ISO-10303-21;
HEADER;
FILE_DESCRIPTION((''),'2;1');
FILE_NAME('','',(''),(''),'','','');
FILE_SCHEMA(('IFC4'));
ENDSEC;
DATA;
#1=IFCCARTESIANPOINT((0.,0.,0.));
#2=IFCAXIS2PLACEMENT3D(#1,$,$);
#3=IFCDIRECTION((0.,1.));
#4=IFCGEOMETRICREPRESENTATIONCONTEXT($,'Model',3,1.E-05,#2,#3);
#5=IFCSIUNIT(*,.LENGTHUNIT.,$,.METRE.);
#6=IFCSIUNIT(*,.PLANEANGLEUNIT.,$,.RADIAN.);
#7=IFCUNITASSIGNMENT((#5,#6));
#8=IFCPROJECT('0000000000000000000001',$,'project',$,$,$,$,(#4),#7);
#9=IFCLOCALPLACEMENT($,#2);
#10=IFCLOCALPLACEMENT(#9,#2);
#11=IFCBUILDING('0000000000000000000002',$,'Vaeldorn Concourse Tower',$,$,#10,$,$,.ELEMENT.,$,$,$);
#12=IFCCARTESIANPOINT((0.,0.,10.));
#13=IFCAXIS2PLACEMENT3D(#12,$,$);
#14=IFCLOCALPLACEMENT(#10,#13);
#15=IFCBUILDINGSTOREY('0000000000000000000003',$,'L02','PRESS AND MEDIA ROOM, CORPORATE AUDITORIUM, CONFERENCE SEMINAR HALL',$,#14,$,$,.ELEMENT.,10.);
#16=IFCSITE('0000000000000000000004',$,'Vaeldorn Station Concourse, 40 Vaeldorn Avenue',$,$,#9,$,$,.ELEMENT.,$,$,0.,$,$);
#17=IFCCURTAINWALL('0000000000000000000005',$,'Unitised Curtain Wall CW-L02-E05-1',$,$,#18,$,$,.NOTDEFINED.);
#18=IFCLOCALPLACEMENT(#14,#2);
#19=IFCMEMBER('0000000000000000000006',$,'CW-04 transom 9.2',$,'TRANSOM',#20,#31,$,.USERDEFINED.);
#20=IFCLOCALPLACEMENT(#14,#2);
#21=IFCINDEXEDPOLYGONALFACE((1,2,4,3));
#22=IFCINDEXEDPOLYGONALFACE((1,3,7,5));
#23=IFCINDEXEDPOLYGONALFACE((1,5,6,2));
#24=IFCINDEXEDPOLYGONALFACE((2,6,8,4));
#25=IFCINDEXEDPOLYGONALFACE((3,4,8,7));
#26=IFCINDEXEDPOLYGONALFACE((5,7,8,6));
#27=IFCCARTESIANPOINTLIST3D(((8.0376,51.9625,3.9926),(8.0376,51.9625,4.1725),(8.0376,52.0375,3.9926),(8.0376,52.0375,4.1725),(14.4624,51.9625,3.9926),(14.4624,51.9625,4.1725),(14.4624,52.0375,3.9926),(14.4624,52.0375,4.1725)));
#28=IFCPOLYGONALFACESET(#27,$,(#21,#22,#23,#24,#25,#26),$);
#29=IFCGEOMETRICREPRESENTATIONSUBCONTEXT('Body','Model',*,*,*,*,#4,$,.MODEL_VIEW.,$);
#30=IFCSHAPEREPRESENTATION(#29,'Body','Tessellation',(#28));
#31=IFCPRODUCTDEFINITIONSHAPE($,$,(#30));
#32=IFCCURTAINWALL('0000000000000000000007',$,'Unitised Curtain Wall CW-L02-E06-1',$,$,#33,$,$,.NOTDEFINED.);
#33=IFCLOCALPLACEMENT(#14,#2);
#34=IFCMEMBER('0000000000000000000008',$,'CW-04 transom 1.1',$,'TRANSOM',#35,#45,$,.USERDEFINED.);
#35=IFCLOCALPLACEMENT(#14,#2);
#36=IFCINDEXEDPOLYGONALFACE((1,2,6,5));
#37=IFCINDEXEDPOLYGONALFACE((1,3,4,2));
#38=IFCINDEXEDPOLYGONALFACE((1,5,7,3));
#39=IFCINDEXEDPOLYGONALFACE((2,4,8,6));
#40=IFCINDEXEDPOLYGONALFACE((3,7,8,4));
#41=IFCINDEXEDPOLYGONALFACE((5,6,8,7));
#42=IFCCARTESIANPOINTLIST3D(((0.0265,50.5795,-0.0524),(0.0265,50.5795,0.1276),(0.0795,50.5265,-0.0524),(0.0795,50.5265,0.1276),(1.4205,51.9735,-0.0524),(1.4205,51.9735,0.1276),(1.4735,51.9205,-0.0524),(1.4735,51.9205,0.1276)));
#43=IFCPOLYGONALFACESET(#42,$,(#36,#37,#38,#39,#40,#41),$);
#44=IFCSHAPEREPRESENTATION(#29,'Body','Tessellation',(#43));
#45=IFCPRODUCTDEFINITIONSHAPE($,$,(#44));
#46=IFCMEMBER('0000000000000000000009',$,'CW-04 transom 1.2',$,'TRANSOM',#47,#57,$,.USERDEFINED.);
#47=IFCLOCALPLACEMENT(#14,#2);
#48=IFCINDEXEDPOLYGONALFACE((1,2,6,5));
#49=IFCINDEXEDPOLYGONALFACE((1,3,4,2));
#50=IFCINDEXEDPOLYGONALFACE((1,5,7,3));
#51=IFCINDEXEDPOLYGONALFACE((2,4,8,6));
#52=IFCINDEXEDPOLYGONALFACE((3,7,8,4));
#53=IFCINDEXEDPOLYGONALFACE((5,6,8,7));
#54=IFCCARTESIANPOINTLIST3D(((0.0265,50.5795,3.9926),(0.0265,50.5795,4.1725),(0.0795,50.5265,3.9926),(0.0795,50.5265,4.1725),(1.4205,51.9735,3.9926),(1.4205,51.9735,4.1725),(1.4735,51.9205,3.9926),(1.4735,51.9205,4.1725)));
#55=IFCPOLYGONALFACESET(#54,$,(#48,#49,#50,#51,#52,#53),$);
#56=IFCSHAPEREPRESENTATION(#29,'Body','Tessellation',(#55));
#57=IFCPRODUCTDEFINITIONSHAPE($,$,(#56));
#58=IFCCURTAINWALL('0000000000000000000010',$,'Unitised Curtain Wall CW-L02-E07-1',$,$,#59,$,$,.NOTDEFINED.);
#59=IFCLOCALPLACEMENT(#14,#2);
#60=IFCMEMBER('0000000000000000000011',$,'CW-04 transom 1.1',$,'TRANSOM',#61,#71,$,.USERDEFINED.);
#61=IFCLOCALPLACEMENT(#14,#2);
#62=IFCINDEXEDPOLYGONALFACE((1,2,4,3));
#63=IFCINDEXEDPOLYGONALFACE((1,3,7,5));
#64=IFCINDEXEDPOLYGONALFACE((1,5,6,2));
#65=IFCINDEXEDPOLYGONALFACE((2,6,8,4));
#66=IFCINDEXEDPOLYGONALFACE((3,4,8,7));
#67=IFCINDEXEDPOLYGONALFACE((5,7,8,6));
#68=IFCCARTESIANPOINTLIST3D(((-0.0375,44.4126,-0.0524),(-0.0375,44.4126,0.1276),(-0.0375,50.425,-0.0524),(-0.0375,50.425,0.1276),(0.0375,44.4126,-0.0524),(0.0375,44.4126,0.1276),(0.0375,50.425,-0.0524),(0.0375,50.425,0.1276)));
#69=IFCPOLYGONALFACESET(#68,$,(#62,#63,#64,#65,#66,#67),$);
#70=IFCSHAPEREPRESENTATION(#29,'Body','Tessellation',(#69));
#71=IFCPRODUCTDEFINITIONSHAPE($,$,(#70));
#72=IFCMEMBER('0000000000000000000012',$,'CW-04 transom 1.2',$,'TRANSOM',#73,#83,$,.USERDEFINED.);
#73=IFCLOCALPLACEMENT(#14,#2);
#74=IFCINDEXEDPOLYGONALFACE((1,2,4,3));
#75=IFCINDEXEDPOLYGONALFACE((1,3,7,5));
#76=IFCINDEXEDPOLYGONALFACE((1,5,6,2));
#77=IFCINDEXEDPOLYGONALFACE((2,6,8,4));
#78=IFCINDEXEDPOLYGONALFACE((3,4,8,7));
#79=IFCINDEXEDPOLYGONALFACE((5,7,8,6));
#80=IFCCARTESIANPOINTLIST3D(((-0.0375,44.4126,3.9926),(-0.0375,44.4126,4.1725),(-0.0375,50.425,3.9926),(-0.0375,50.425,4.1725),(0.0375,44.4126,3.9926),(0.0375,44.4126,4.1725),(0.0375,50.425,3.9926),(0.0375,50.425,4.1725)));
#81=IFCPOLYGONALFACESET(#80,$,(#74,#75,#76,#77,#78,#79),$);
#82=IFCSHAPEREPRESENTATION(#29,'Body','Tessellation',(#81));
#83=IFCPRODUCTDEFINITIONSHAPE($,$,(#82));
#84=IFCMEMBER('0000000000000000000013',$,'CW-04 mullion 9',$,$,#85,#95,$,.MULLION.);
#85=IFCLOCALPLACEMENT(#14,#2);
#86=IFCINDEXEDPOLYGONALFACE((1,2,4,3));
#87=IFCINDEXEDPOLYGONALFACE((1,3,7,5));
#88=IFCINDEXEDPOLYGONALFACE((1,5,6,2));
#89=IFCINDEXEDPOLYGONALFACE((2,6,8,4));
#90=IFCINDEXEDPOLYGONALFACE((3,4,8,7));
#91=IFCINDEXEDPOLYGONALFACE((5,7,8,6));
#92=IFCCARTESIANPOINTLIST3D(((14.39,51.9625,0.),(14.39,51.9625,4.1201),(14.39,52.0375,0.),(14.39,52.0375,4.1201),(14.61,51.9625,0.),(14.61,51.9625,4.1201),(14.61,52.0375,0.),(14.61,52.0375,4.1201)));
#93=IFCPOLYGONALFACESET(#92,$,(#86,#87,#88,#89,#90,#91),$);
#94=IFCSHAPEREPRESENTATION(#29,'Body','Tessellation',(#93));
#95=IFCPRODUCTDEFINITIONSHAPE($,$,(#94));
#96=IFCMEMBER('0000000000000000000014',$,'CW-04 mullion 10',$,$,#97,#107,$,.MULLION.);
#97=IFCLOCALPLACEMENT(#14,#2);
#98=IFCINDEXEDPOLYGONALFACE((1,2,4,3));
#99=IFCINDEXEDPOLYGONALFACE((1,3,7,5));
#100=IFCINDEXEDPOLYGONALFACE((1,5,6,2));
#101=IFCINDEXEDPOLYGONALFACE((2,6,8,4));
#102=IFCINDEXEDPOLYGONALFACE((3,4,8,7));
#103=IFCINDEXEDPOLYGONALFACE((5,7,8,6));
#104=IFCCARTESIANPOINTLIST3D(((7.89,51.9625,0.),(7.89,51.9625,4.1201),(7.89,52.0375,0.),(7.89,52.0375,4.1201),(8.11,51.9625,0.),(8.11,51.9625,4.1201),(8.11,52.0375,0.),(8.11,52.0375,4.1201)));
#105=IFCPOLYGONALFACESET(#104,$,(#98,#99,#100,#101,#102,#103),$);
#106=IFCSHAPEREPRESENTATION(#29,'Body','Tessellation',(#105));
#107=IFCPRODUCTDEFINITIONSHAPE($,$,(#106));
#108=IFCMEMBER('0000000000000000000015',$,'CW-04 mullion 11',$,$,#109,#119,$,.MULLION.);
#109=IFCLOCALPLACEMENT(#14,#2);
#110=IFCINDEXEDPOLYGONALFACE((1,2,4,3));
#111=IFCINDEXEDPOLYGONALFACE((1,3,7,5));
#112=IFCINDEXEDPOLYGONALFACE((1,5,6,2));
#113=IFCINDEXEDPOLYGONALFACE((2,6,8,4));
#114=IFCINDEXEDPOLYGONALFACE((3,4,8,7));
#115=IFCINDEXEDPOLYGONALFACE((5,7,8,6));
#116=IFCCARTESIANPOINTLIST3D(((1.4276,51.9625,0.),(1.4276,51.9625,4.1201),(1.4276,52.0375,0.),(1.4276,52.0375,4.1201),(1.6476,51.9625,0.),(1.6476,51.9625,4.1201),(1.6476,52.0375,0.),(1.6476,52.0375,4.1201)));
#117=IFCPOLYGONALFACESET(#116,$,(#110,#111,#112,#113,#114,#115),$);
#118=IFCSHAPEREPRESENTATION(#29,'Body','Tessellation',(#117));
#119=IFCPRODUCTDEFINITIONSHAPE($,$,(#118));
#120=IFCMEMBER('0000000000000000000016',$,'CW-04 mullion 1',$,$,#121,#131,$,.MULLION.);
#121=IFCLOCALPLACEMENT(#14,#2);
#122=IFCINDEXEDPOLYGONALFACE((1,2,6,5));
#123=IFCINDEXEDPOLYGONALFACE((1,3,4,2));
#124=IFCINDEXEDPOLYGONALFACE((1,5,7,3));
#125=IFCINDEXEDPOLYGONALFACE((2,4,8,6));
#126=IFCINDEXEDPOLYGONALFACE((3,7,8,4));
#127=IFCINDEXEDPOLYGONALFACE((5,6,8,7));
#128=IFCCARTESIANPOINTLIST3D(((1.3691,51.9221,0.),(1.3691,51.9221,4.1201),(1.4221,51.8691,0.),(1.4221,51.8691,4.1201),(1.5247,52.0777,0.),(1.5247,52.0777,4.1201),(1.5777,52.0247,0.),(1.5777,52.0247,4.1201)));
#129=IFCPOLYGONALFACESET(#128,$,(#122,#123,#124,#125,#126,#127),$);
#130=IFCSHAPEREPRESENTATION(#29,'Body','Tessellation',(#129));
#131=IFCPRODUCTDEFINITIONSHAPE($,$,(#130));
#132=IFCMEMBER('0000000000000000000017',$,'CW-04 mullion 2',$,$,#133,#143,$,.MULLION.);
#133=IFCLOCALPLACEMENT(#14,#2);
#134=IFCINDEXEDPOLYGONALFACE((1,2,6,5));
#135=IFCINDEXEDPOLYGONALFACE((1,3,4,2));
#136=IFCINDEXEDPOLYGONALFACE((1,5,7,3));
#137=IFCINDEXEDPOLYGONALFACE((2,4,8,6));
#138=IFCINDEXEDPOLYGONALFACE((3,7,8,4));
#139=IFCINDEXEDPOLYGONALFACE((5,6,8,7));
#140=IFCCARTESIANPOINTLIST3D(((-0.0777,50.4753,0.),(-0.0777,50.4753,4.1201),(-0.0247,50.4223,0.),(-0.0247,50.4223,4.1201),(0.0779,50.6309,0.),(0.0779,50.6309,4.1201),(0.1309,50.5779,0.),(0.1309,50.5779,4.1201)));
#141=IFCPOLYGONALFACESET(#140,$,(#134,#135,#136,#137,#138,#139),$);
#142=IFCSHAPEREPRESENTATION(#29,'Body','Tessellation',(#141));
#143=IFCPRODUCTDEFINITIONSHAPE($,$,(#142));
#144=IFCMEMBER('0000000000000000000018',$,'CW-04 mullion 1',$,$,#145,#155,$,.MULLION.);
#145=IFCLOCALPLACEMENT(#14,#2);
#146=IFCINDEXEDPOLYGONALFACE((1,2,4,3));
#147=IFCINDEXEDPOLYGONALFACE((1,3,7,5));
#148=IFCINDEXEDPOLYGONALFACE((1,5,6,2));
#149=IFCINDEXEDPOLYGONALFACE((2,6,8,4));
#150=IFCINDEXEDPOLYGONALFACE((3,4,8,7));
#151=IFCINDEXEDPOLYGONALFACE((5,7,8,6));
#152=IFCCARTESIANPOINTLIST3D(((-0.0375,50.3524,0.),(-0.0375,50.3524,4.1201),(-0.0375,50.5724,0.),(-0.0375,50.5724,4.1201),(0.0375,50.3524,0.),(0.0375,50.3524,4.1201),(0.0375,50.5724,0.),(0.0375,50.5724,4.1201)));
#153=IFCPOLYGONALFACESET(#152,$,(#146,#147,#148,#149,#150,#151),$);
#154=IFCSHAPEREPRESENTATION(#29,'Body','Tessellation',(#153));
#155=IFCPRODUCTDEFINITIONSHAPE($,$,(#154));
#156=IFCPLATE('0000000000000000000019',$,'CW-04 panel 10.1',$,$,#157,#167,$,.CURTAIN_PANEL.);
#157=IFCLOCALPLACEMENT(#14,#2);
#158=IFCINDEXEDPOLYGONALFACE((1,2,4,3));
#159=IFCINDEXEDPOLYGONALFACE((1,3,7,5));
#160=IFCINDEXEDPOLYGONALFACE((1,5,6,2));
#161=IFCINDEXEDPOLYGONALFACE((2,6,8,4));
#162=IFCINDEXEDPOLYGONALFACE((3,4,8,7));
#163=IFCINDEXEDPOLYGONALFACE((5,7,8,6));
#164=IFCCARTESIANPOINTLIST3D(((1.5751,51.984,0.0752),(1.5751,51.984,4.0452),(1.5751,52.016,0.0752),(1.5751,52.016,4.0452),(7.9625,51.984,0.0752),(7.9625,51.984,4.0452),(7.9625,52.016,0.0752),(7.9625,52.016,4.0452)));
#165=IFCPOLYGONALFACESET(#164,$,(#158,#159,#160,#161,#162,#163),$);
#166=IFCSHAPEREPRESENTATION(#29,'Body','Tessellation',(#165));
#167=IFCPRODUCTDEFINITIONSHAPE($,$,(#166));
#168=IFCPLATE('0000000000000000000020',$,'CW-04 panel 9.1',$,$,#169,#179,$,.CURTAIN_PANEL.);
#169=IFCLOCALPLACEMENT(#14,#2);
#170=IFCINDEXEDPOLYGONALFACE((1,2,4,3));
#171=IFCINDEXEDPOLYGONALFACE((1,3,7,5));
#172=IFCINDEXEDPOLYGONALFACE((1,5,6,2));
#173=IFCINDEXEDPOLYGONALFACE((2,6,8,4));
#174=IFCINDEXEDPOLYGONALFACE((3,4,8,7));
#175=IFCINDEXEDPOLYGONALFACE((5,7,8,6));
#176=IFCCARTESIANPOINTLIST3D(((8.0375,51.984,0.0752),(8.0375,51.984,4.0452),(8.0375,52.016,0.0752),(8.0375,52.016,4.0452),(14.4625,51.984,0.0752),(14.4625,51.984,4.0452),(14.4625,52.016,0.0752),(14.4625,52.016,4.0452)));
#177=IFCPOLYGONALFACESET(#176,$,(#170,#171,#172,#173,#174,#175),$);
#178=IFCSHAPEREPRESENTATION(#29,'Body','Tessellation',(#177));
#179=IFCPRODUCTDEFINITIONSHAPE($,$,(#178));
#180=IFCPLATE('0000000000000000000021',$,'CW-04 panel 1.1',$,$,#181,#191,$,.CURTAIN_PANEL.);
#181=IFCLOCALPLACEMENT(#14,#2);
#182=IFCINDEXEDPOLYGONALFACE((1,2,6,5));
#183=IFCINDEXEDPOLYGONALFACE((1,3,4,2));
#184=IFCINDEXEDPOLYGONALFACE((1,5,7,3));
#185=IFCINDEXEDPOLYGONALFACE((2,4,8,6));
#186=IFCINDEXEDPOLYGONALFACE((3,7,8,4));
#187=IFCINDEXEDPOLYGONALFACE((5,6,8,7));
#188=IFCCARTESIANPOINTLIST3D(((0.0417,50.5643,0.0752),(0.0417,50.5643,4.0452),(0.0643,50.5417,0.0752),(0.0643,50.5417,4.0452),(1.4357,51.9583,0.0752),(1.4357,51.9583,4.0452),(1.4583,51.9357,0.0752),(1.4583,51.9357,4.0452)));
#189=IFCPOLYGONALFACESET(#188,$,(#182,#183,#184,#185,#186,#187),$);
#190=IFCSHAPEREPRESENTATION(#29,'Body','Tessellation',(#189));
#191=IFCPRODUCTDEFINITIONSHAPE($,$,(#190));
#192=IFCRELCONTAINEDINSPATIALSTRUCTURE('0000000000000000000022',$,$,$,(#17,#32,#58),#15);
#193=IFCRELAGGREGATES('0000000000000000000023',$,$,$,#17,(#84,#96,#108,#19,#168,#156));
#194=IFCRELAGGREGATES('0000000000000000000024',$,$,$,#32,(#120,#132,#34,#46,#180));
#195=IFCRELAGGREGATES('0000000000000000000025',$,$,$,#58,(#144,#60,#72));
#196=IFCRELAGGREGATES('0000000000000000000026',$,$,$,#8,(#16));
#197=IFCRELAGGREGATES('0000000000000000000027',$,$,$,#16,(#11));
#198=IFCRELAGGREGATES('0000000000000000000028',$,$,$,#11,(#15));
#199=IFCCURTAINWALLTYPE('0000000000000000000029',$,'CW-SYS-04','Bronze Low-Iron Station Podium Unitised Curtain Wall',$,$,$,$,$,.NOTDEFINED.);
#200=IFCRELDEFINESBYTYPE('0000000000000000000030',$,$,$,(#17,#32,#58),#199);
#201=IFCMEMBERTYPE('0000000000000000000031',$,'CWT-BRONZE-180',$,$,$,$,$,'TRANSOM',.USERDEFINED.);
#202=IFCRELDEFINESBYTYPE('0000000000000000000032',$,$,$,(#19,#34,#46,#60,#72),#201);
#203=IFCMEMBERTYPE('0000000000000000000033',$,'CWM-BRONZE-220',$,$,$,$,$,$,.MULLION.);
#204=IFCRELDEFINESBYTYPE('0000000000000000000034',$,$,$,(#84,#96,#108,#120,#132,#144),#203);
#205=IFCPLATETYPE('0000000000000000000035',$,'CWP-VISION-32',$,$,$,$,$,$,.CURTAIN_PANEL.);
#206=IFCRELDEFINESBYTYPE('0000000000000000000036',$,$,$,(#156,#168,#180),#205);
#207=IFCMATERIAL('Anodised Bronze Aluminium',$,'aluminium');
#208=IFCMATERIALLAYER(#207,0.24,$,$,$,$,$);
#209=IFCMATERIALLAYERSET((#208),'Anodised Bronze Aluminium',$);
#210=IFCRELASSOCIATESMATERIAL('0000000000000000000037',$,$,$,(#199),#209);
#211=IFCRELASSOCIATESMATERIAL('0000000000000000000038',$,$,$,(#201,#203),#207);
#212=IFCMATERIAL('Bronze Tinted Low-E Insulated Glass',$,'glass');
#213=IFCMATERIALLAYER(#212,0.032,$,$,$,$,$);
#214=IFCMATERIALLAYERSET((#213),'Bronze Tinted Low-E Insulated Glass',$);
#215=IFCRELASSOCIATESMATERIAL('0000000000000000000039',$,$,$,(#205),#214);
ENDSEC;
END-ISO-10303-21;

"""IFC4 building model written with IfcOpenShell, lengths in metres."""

from ifc_helpers import new_model, si_unit, direction, frame, origin, origin_2d, place, context, subcontext, project, spatial, rectangle, extrude, source, transform, mapped, material, layer, layer_set, material_profile, profile_set, type_object, element, aggregate, save


model = new_model("IFC4")

# Units and contexts
model_context = context("Model", 3, precision=1e-05, world=origin(), true_north=direction((0.0, 1.0)))
body_context = subcontext(model_context, "Body", "Model", "MODEL_VIEW")
ifc_project = project(units=[si_unit("LENGTHUNIT", "METRE"), si_unit("PLANEANGLEUNIT", "RADIAN")], contexts=[model_context])

# Site, building, storey
site_placement = place(None, origin())
site = spatial("IfcSite", under=ifc_project, at=site_placement, Name="Vaeldorn Station Concourse, 40 Vaeldorn Avenue", CompositionType="ELEMENT", RefElevation=0.0)
building_placement = place(site_placement, origin())
building = spatial("IfcBuilding", under=site, at=building_placement, Name="Vaeldorn Concourse Tower", CompositionType="ELEMENT")
storey_placement = place(building_placement, frame((0.0, 0.0, 10.0)))
storey = spatial("IfcBuildingStorey", under=building, at=storey_placement, Name="L02", Description="PRESS AND MEDIA ROOM, CORPORATE AUDITORIUM, CONFERENCE SEMINAR HALL", CompositionType="ELEMENT", Elevation=10.0)

# Curtain walls, members
ifc_material_1 = material(Name="Anodised Bronze Aluminium", Category="aluminium")
ifc_layer_1 = layer(ifc_material_1, 0.24)
ifc_layer_set_1 = layer_set([ifc_layer_1], Name="Anodised Bronze Aluminium")
curtain_wall_type = type_object("IfcCurtainWallType", Name="CW-SYS-04", Description="Bronze Low-Iron Station Podium Unitised Curtain Wall", PredefinedType="NOTDEFINED", material=ifc_layer_set_1)
curtain_wall_1_placement = place(storey_placement, origin())
curtain_wall_1 = element("IfcCurtainWall", 1, at=curtain_wall_1_placement, inside=storey, type_object=curtain_wall_type, Name="Unitised Curtain Wall CW-L02-E05-1", PredefinedType="NOTDEFINED")
ifc_material_profile_1 = material_profile(ifc_material_1, rectangle(XDim=0.075, YDim=0.1799, at=origin_2d()), Name="CWT 75x180")
ifc_profile_set_1 = profile_set([ifc_material_profile_1], Name="Anodised Bronze Aluminium")
member_type_1 = type_object("IfcMemberType", Name="CWT-BRONZE-180", ElementType="TRANSOM", PredefinedType="USERDEFINED", material=ifc_profile_set_1)
shared_shape_1 = source(origin(), body_context, "Body", "SweptSolid", [
    extrude(rectangle(XDim=0.075, YDim=0.1799, at=origin_2d()), origin(), (0.0, 0.0, 1.0), 6.4248),
])
member_1_placement = place(storey_placement, frame((14.4624, 52.0, 4.0825), z_axis=(-1.0, 0.0, 0.0), x_axis=(0.0, -1.0, 0.0)))
member_1 = element("IfcMember", 2, at=member_1_placement, type_object=member_type_1, Name="CW-04 transom 9.2", ObjectType="TRANSOM", PredefinedType="USERDEFINED", context=body_context, shape_type="MappedRepresentation", body=[
    mapped(shared_shape_1, transform((0.0, 0.0, 0.0), scale=1.0)),
])
curtain_wall_2_placement = place(storey_placement, origin())
curtain_wall_2 = element("IfcCurtainWall", 3, at=curtain_wall_2_placement, inside=storey, type_object=curtain_wall_type, Name="Unitised Curtain Wall CW-L02-E06-1", PredefinedType="NOTDEFINED")
shared_shape_2 = source(origin(), body_context, "Body", "SweptSolid", [
    extrude(rectangle(XDim=0.075, YDim=0.1799, at=origin_2d()), origin(), (0.0, 0.0, 1.0), 1.9714),
])
member_2_placement = place(storey_placement, frame((1.447, 51.947, 0.0376), z_axis=(-0.707107, -0.707107, 0.0), x_axis=(0.707107, -0.707107, 0.0)))
member_2 = element("IfcMember", 4, at=member_2_placement, type_object=member_type_1, Name="CW-04 transom 1.1", ObjectType="TRANSOM", PredefinedType="USERDEFINED", context=body_context, shape_type="MappedRepresentation", body=[
    mapped(shared_shape_2, transform((0.0, 0.0, 0.0), scale=1.0)),
])
member_3_placement = place(storey_placement, frame((1.447, 51.947, 4.0825), z_axis=(-0.707107, -0.707107, 0.0), x_axis=(0.707107, -0.707107, 0.0)))
member_3 = element("IfcMember", 5, at=member_3_placement, type_object=member_type_1, Name="CW-04 transom 1.2", ObjectType="TRANSOM", PredefinedType="USERDEFINED", context=body_context, shape_type="MappedRepresentation", body=[
    mapped(shared_shape_2, transform((0.0, 0.0, 0.0), scale=1.0)),
])
curtain_wall_3_placement = place(storey_placement, origin())
curtain_wall_3 = element("IfcCurtainWall", 6, at=curtain_wall_3_placement, inside=storey, type_object=curtain_wall_type, Name="Unitised Curtain Wall CW-L02-E07-1", PredefinedType="NOTDEFINED")
shared_shape_3 = source(origin(), body_context, "Body", "SweptSolid", [
    extrude(rectangle(XDim=0.075, YDim=0.1799, at=origin_2d()), origin(), (0.0, 0.0, 1.0), 6.0125),
])
member_4_placement = place(storey_placement, frame((0.0, 50.425, 0.0376), z_axis=(0.0, -1.0, 0.0), x_axis=(1.0, 0.0, 0.0)))
member_4 = element("IfcMember", 7, at=member_4_placement, type_object=member_type_1, Name="CW-04 transom 1.1", ObjectType="TRANSOM", PredefinedType="USERDEFINED", context=body_context, shape_type="MappedRepresentation", body=[
    mapped(shared_shape_3, transform((0.0, 0.0, 0.0), scale=1.0)),
])
member_5_placement = place(storey_placement, frame((0.0, 50.425, 4.0825), z_axis=(0.0, -1.0, 0.0), x_axis=(1.0, 0.0, 0.0)))
member_5 = element("IfcMember", 8, at=member_5_placement, type_object=member_type_1, Name="CW-04 transom 1.2", ObjectType="TRANSOM", PredefinedType="USERDEFINED", context=body_context, shape_type="MappedRepresentation", body=[
    mapped(shared_shape_3, transform((0.0, 0.0, 0.0), scale=1.0)),
])

# Members
ifc_material_profile_2 = material_profile(ifc_material_1, rectangle(XDim=0.075, YDim=0.22, at=origin_2d()), Name="CWM 75x220")
ifc_profile_set_2 = profile_set([ifc_material_profile_2], Name="Anodised Bronze Aluminium")
member_type_2 = type_object("IfcMemberType", Name="CWM-BRONZE-220", PredefinedType="MULLION", material=ifc_profile_set_2)
shared_shape_4 = source(origin(), body_context, "Body", "SweptSolid", [
    extrude(rectangle(XDim=0.075, YDim=0.22, at=origin_2d()), origin(), (0.0, 0.0, 1.0), 4.1201),
])
member_6_placement = place(storey_placement, frame((14.5, 52.0, 0.0), z_axis=(0.0, 0.0, 1.0), x_axis=(0.0, -1.0, 0.0)))
member_6 = element("IfcMember", 9, at=member_6_placement, type_object=member_type_2, Name="CW-04 mullion 9", PredefinedType="MULLION", context=body_context, shape_type="MappedRepresentation", body=[
    mapped(shared_shape_4, transform((0.0, 0.0, 0.0), scale=1.0)),
])
member_7_placement = place(storey_placement, frame((8.0, 52.0, 0.0), z_axis=(0.0, 0.0, 1.0), x_axis=(0.0, -1.0, 0.0)))
member_7 = element("IfcMember", 10, at=member_7_placement, type_object=member_type_2, Name="CW-04 mullion 10", PredefinedType="MULLION", context=body_context, shape_type="MappedRepresentation", body=[
    mapped(shared_shape_4, transform((0.0, 0.0, 0.0), scale=1.0)),
])
member_8_placement = place(storey_placement, frame((1.5376, 52.0, 0.0), z_axis=(0.0, 0.0, 1.0), x_axis=(0.0, -1.0, 0.0)))
member_8 = element("IfcMember", 11, at=member_8_placement, type_object=member_type_2, Name="CW-04 mullion 11", PredefinedType="MULLION", context=body_context, shape_type="MappedRepresentation", body=[
    mapped(shared_shape_4, transform((0.0, 0.0, 0.0), scale=1.0)),
])
member_9_placement = place(storey_placement, frame((1.4734, 51.9734, 0.0), z_axis=(0.0, 0.0, 1.0), x_axis=(0.707107, -0.707107, 0.0)))
member_9 = element("IfcMember", 12, at=member_9_placement, type_object=member_type_2, Name="CW-04 mullion 1", PredefinedType="MULLION", context=body_context, shape_type="MappedRepresentation", body=[
    mapped(shared_shape_4, transform((0.0, 0.0, 0.0), scale=1.0)),
])
member_10_placement = place(storey_placement, frame((0.0266, 50.5266, 0.0), z_axis=(0.0, 0.0, 1.0), x_axis=(0.707107, -0.707107, 0.0)))
member_10 = element("IfcMember", 13, at=member_10_placement, type_object=member_type_2, Name="CW-04 mullion 2", PredefinedType="MULLION", context=body_context, shape_type="MappedRepresentation", body=[
    mapped(shared_shape_4, transform((0.0, 0.0, 0.0), scale=1.0)),
])
member_11_placement = place(storey_placement, frame((0.0, 50.4624, 0.0), z_axis=(0.0, 0.0, 1.0), x_axis=(1.0, 0.0, 0.0)))
member_11 = element("IfcMember", 14, at=member_11_placement, type_object=member_type_2, Name="CW-04 mullion 1", PredefinedType="MULLION", context=body_context, shape_type="MappedRepresentation", body=[
    mapped(shared_shape_4, transform((0.0, 0.0, 0.0), scale=1.0)),
])

# Plates
ifc_material_2 = material(Name="Bronze Tinted Low-E Insulated Glass", Category="glass")
ifc_layer_2 = layer(ifc_material_2, 0.032)
ifc_layer_set_2 = layer_set([ifc_layer_2], Name="Bronze Tinted Low-E Insulated Glass")
plate_type = type_object("IfcPlateType", Name="CWP-VISION-32", PredefinedType="CURTAIN_PANEL", material=ifc_layer_set_2)
shared_shape_5 = source(origin(), body_context, "Body", "SweptSolid", [
    extrude(rectangle(XDim=6.3875, YDim=0.032, at=origin_2d()), origin(), (0.0, 0.0, 1.0), 3.97),
])
plate_1_placement = place(storey_placement, frame((4.7688, 52.0, 0.0752), z_axis=(0.0, 0.0, 1.0), x_axis=(-1.0, 0.0, 0.0)))
plate_1 = element("IfcPlate", 15, at=plate_1_placement, type_object=plate_type, Name="CW-04 panel 10.1", PredefinedType="CURTAIN_PANEL", context=body_context, shape_type="MappedRepresentation", body=[
    mapped(shared_shape_5, transform((0.0, 0.0, 0.0), scale=1.0)),
])
shared_shape_6 = source(origin(), body_context, "Body", "SweptSolid", [
    extrude(rectangle(XDim=6.425, YDim=0.032, at=origin_2d()), origin(), (0.0, 0.0, 1.0), 3.97),
])
plate_2_placement = place(storey_placement, frame((11.25, 52.0, 0.0752), z_axis=(0.0, 0.0, 1.0), x_axis=(-1.0, 0.0, 0.0)))
plate_2 = element("IfcPlate", 16, at=plate_2_placement, type_object=plate_type, Name="CW-04 panel 9.1", PredefinedType="CURTAIN_PANEL", context=body_context, shape_type="MappedRepresentation", body=[
    mapped(shared_shape_6, transform((0.0, 0.0, 0.0), scale=1.0)),
])
aggregate(curtain_wall_1, [member_6, member_7, member_8, member_1, plate_2, plate_1])
shared_shape_7 = source(origin(), body_context, "Body", "SweptSolid", [
    extrude(rectangle(XDim=1.9714, YDim=0.032, at=origin_2d()), origin(), (0.0, 0.0, 1.0), 3.97),
])
plate_3_placement = place(storey_placement, frame((0.75, 51.25, 0.0752), z_axis=(0.0, 0.0, 1.0), x_axis=(-0.707107, -0.707107, 0.0)))
plate_3 = element("IfcPlate", 17, at=plate_3_placement, type_object=plate_type, Name="CW-04 panel 1.1", PredefinedType="CURTAIN_PANEL", context=body_context, shape_type="MappedRepresentation", body=[
    mapped(shared_shape_7, transform((0.0, 0.0, 0.0), scale=1.0)),
])
aggregate(curtain_wall_2, [member_9, member_10, member_2, member_3, plate_3])
aggregate(curtain_wall_3, [member_11, member_4, member_5])

save(model, "model.ifc")
